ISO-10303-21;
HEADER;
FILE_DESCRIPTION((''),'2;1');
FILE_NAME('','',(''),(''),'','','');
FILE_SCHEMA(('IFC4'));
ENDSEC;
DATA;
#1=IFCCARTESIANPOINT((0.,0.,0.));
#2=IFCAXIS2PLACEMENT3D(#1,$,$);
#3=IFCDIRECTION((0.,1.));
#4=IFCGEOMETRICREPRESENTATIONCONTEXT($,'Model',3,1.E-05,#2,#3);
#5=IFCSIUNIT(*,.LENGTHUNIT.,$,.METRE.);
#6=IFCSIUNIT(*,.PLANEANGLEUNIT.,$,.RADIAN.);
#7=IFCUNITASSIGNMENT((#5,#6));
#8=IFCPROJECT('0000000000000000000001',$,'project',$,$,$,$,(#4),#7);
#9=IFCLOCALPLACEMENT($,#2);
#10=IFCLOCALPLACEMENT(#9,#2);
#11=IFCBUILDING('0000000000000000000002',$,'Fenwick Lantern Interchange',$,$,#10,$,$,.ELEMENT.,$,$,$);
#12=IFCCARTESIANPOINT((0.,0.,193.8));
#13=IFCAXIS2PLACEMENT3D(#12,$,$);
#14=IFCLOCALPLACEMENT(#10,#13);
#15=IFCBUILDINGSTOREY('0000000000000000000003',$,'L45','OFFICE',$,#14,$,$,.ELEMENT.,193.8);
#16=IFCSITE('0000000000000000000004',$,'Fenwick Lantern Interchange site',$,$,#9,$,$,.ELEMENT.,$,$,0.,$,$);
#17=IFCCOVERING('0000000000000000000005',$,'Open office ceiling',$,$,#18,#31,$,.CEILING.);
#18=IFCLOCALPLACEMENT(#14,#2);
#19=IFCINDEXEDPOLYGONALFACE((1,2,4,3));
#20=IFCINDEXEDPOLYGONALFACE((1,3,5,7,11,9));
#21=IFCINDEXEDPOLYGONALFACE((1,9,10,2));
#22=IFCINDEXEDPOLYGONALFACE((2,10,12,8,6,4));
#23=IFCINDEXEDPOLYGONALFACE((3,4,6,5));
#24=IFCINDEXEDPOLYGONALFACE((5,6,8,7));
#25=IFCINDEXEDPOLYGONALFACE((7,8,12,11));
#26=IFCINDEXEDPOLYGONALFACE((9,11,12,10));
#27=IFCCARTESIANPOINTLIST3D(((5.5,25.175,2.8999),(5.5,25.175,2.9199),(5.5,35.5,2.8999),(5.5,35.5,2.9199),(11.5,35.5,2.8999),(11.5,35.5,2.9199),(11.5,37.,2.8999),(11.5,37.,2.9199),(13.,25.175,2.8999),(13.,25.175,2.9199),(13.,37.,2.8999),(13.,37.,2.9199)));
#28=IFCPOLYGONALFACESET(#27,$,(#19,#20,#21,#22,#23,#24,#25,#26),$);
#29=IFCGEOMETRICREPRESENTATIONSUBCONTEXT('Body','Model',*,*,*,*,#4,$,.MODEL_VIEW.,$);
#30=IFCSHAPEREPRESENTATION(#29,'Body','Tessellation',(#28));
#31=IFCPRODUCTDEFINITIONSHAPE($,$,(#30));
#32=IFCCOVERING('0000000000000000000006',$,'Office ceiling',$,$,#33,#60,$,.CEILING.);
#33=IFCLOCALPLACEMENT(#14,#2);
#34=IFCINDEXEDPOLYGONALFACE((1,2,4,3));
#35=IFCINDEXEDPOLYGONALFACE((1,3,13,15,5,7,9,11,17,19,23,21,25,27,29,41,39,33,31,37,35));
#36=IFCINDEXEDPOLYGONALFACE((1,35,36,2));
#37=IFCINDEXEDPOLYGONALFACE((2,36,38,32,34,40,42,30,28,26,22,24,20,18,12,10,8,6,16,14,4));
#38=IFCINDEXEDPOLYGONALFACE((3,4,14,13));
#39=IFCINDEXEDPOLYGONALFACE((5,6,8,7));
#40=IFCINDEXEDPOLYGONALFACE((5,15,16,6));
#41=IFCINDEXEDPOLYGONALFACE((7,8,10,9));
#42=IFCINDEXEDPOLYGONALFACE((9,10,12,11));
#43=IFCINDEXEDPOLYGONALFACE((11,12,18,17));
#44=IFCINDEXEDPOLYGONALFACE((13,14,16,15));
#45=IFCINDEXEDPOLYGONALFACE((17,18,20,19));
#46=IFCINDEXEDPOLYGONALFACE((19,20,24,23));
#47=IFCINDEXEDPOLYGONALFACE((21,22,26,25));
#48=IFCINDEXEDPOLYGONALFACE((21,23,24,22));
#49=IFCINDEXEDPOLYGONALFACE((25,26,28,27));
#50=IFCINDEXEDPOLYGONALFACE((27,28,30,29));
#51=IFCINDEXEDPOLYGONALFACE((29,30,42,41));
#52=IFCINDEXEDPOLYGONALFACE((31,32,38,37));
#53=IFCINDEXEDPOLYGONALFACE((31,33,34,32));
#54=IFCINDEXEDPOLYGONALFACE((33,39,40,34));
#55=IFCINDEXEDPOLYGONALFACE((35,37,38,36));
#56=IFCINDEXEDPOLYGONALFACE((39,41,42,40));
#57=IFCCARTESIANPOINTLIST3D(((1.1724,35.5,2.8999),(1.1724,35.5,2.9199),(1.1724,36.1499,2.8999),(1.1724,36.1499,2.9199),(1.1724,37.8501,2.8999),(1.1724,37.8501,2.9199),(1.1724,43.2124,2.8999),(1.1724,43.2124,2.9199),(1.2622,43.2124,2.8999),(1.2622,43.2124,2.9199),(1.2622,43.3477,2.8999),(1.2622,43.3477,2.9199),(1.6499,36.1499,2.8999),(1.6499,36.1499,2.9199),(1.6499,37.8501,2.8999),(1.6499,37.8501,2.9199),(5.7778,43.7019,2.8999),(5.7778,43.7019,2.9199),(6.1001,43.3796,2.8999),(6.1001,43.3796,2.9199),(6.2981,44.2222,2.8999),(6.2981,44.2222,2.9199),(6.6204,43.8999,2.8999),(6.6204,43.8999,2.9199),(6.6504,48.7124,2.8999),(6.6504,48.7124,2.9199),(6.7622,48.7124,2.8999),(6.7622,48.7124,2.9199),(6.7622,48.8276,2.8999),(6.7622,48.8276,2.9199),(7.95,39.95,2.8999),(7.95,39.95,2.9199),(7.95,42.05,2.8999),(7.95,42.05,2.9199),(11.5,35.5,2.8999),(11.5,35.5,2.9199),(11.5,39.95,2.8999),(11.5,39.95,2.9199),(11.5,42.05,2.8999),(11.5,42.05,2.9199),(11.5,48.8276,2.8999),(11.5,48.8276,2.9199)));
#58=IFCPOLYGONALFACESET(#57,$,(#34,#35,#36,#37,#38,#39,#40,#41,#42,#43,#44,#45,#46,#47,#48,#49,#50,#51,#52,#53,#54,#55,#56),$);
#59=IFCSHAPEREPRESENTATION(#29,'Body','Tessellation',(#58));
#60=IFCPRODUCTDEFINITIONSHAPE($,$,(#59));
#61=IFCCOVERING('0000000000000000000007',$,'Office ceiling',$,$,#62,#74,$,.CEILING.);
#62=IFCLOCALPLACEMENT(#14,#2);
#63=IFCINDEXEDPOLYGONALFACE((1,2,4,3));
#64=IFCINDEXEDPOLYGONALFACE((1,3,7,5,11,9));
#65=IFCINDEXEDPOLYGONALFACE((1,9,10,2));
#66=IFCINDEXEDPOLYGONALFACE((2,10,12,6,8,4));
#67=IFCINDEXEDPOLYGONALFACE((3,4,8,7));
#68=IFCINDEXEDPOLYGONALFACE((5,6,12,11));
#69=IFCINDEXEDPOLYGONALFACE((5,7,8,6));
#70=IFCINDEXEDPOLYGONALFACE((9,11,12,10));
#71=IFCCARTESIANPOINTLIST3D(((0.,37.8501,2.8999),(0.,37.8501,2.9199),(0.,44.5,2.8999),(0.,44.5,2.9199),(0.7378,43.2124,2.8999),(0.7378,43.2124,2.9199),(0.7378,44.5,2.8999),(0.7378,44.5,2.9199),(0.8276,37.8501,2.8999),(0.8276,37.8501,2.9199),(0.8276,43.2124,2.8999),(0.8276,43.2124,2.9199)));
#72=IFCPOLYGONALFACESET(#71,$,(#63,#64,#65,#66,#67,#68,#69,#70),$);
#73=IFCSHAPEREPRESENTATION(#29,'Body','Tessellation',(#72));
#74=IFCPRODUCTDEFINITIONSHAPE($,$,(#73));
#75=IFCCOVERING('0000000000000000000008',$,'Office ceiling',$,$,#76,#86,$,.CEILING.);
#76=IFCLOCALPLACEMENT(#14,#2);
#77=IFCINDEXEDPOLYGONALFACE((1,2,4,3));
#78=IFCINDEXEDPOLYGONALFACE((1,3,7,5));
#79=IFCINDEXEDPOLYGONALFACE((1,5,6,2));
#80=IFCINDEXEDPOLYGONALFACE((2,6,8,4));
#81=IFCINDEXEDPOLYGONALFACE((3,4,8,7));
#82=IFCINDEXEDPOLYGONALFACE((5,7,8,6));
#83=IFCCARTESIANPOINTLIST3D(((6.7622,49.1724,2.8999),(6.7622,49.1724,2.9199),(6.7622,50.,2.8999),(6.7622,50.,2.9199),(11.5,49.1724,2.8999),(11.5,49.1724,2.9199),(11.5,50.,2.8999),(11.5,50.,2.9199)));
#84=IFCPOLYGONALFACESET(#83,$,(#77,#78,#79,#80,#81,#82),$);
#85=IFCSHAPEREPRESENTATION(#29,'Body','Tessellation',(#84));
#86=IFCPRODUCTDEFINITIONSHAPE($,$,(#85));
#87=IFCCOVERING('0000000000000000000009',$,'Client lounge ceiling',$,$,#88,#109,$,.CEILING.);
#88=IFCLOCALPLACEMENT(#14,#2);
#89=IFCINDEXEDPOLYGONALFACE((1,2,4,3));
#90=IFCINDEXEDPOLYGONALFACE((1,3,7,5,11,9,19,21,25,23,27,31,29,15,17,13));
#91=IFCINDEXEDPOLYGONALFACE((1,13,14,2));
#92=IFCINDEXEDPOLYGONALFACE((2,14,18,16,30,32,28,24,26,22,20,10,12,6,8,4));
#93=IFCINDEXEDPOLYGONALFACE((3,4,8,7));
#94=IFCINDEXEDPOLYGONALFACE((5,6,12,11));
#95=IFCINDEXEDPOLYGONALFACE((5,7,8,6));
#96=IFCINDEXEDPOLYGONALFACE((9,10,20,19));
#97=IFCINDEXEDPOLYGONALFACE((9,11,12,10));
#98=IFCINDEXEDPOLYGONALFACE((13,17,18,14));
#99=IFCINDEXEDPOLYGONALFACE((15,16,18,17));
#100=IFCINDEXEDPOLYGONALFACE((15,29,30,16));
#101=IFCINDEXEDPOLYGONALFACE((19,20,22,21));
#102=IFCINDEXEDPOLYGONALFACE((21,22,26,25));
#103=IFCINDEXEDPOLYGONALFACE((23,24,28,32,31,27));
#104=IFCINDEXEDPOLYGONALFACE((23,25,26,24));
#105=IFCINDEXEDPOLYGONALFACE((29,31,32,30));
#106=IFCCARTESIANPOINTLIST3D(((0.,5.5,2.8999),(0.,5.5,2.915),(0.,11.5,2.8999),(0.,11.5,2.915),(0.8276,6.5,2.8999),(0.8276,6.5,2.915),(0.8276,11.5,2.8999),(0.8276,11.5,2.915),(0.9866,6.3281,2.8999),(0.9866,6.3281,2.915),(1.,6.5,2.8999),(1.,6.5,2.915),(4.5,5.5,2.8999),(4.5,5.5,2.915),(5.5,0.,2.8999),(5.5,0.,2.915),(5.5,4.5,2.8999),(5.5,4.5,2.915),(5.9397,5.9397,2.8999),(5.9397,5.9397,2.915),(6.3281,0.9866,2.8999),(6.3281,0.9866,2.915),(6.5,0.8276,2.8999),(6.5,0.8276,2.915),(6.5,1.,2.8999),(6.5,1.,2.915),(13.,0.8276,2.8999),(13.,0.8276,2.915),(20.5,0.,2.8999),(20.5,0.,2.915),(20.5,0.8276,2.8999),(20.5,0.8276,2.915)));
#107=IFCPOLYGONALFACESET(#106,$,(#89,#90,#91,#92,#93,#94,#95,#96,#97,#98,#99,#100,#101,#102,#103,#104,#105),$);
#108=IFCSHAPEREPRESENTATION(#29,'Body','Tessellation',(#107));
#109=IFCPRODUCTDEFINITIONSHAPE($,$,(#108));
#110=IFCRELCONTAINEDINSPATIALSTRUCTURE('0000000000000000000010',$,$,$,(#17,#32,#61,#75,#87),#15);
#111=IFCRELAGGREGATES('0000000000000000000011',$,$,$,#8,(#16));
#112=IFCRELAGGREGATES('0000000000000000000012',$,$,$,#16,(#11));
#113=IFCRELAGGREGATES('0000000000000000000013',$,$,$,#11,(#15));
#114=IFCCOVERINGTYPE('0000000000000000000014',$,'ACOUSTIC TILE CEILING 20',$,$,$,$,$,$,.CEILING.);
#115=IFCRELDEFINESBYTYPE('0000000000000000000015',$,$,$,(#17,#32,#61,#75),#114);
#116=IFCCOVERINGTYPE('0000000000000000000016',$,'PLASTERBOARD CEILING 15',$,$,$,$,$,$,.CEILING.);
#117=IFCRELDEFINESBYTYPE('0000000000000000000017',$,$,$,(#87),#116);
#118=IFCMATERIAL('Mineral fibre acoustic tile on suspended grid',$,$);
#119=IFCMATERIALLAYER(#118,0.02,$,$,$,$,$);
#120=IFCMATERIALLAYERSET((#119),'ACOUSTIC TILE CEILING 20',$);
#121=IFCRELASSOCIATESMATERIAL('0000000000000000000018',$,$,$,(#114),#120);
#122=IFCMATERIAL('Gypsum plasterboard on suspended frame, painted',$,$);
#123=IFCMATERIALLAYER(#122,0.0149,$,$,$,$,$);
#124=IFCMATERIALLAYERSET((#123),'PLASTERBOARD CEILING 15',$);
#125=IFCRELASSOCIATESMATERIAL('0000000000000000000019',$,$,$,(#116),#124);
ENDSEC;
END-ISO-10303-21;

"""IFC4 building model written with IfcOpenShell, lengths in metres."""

from ifc_helpers import new_model, si_unit, direction, frame, origin, place, context, subcontext, project, spatial, polyline, outline, extrude, material, layer, layer_set, type_object, element, save


model = new_model("IFC4")

# Units and contexts
model_context = context("Model", 3, precision=1e-05, world=origin(), true_north=direction((0.0, 1.0)))
body_context = subcontext(model_context, "Body", "Model", "MODEL_VIEW")
ifc_project = project(units=[si_unit("LENGTHUNIT", "METRE"), si_unit("PLANEANGLEUNIT", "RADIAN")], contexts=[model_context])

# Site, building, storey
site_placement = place(None, origin())
site = spatial("IfcSite", under=ifc_project, at=site_placement, Name="Fenwick Lantern Interchange site", CompositionType="ELEMENT", RefElevation=0.0)
building_placement = place(site_placement, origin())
building = spatial("IfcBuilding", under=site, at=building_placement, Name="Fenwick Lantern Interchange", CompositionType="ELEMENT")
storey_placement = place(building_placement, frame((0.0, 0.0, 193.8)))
storey = spatial("IfcBuildingStorey", under=building, at=storey_placement, Name="L45", Description="OFFICE", CompositionType="ELEMENT", Elevation=193.8)

# Coverings
ifc_material_1 = material(Name="Mineral fibre acoustic tile on suspended grid")
ifc_layer_1 = layer(ifc_material_1, 0.02)
ifc_layer_set_1 = layer_set([ifc_layer_1], Name="ACOUSTIC TILE CEILING 20")
covering_type_1 = type_object("IfcCoveringType", Name="ACOUSTIC TILE CEILING 20", PredefinedType="CEILING", material=ifc_layer_set_1)
covering_1_placement = place(storey_placement, frame((0.0, 0.0, 2.8999)))
element("IfcCovering", 1, at=covering_1_placement, inside=storey, type_object=covering_type_1, Name="Open office ceiling", PredefinedType="CEILING", context=body_context, shape_type="SweptSolid", body=[
    extrude(outline(polyline([(5.5, 35.5), (5.5, 25.175), (13.0, 25.175), (13.0, 37.0), (11.5, 37.0), (11.5, 35.5), (5.5, 35.5)])), origin(), (0.0, 0.0, 1.0), 0.02),
])
covering_2_placement = place(storey_placement, frame((0.0, 0.0, 2.8999)))
element("IfcCovering", 2, at=covering_2_placement, inside=storey, type_object=covering_type_1, Name="Office ceiling", PredefinedType="CEILING", context=body_context, shape_type="SweptSolid", body=[
    extrude(outline(polyline([(6.7622, 48.7124), (6.6504, 48.7124), (6.2981, 44.2222), (6.6204, 43.8999), (6.1001, 43.3796), (5.7778, 43.7019), (1.2622, 43.3477), (1.2622, 43.2124), (1.1724, 43.2124), (1.1724, 37.8501), (1.6499, 37.8501), (1.6499, 36.1499), (1.1724, 36.1499), (1.1724, 35.5), (11.5, 35.5), (11.5, 39.95), (7.95, 39.95), (7.95, 42.05), (11.5, 42.05), (11.5, 48.8276), (6.7622, 48.8276), (6.7622, 48.7124)])), origin(), (0.0, 0.0, 1.0), 0.02),
])
covering_3_placement = place(storey_placement, frame((0.0, 0.0, 2.8999)))
element("IfcCovering", 3, at=covering_3_placement, inside=storey, type_object=covering_type_1, Name="Office ceiling", PredefinedType="CEILING", context=body_context, shape_type="SweptSolid", body=[
    extrude(outline(polyline([(0.0, 37.8501), (0.8276, 37.8501), (0.8276, 43.2124), (0.7378, 43.2124), (0.7378, 44.5), (0.0, 44.5), (0.0, 37.8501)])), origin(), (0.0, 0.0, 1.0), 0.02),
])
covering_4_placement = place(storey_placement, frame((0.0, 0.0, 2.8999)))
element("IfcCovering", 4, at=covering_4_placement, inside=storey, type_object=covering_type_1, Name="Office ceiling", PredefinedType="CEILING", context=body_context, shape_type="SweptSolid", body=[
    extrude(outline(polyline([(6.7622, 50.0), (6.7622, 49.1724), (11.5, 49.1724), (11.5, 50.0), (6.7622, 50.0)])), origin(), (0.0, 0.0, 1.0), 0.02),
])
ifc_material_2 = material(Name="Gypsum plasterboard on suspended frame, painted")
ifc_layer_2 = layer(ifc_material_2, 0.0149)
ifc_layer_set_2 = layer_set([ifc_layer_2], Name="PLASTERBOARD CEILING 15")
covering_type_2 = type_object("IfcCoveringType", Name="PLASTERBOARD CEILING 15", PredefinedType="CEILING", material=ifc_layer_set_2)
covering_5_placement = place(storey_placement, frame((0.0, 0.0, 2.8999)))
element("IfcCovering", 5, at=covering_5_placement, inside=storey, type_object=covering_type_2, Name="Client lounge ceiling", PredefinedType="CEILING", context=body_context, shape_type="SweptSolid", body=[
    extrude(outline(polyline([(5.5, 0.0), (20.5, 0.0), (20.5, 0.8276), (13.0, 0.8276), (6.5, 0.8276), (6.5, 1.0), (6.3281, 0.9866), (5.9397, 5.9397), (0.9866, 6.3281), (1.0, 6.5), (0.8276, 6.5), (0.8276, 11.5), (0.0, 11.5), (0.0, 5.5), (4.5, 5.5), (5.5, 4.5), (5.5, 0.0)])), origin(), (0.0, 0.0, 1.0), 0.0151),
])

save(model, "model.ifc")
